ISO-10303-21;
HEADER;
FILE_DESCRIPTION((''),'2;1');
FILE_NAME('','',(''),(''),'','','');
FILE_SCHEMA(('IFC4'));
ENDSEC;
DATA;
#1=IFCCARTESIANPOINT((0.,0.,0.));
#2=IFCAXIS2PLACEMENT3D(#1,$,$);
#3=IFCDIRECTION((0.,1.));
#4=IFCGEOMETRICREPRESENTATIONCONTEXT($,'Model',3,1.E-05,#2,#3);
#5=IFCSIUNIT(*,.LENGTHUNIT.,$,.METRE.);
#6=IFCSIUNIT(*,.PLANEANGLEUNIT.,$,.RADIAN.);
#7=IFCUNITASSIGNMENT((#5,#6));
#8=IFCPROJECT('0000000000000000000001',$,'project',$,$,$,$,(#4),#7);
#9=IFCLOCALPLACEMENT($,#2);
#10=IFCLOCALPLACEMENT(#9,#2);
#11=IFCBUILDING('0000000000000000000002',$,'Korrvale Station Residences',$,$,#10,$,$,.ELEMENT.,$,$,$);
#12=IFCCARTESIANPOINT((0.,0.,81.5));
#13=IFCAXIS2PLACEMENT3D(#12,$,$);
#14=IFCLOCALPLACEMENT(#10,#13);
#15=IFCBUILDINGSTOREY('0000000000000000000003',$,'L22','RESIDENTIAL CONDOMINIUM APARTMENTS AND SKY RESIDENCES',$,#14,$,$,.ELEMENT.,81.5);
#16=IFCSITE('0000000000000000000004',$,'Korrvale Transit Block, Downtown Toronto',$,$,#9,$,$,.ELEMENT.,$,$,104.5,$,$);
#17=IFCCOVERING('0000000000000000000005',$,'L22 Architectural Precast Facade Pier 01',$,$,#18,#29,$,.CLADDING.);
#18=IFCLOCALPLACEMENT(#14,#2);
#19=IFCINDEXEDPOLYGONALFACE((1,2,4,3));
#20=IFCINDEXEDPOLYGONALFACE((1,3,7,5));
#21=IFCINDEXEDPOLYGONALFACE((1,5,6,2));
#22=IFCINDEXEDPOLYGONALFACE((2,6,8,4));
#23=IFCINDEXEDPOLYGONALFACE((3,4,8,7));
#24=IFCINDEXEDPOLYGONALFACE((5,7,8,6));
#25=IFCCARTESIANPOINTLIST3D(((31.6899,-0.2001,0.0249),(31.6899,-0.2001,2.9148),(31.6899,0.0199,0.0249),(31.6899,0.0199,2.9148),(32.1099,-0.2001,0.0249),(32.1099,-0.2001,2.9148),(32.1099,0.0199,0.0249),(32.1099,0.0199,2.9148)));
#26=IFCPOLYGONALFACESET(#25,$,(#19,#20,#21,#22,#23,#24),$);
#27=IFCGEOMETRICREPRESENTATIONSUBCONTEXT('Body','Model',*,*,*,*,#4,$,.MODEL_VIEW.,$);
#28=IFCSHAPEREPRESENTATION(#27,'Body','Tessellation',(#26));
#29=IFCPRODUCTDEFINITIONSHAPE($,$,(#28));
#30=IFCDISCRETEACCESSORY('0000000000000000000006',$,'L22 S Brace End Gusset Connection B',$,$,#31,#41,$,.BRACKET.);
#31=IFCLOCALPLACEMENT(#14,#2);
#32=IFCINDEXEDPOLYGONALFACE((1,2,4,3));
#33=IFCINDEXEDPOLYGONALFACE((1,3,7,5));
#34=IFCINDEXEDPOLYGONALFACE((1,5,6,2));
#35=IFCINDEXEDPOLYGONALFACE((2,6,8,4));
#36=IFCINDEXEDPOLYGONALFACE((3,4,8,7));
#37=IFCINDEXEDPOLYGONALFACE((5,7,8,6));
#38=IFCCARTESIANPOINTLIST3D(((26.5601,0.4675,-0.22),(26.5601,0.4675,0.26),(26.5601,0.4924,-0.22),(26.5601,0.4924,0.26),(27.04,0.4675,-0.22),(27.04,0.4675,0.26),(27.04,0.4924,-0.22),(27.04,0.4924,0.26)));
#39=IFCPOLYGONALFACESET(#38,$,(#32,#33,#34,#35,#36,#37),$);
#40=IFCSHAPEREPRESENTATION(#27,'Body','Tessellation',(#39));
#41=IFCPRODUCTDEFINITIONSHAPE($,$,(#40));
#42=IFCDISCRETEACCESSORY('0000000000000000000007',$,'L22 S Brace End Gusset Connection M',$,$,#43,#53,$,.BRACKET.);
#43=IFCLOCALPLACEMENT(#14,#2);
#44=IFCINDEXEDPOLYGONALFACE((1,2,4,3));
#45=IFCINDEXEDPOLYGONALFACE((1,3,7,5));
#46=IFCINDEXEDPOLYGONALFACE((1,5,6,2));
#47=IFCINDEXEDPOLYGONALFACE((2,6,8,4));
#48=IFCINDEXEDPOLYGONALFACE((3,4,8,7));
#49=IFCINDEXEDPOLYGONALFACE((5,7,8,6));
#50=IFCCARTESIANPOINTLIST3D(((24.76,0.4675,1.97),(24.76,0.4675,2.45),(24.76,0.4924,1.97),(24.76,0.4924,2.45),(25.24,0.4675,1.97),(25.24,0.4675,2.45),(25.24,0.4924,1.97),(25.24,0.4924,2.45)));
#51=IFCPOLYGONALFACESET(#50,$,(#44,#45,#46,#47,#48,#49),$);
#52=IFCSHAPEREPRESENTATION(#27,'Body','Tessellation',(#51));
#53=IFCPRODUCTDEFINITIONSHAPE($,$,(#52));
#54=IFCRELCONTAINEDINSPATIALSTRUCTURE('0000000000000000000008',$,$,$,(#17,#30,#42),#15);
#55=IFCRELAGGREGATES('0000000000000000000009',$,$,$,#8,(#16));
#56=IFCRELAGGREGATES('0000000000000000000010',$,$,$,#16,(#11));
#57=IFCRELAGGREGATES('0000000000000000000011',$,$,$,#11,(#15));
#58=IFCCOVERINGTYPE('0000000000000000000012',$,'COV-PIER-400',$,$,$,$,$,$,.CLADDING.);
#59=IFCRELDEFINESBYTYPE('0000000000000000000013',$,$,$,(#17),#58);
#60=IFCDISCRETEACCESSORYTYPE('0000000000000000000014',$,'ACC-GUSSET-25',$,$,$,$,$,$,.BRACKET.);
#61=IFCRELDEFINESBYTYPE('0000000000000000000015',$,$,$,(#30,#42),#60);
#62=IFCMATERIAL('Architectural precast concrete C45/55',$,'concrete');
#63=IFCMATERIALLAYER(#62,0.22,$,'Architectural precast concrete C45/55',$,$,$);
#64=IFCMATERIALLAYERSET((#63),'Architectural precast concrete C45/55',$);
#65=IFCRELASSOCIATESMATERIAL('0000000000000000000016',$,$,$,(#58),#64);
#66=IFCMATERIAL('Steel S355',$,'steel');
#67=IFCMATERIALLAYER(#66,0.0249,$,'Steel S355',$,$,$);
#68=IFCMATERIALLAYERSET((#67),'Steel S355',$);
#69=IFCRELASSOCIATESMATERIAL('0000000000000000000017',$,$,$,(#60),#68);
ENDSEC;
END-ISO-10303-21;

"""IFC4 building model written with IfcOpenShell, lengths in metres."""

from ifc_helpers import new_model, si_unit, direction, frame, origin, origin_2d, place, context, subcontext, project, spatial, rectangle, extrude, material, layer, layer_set, type_object, element, save


model = new_model("IFC4")

# Units and contexts
model_context = context("Model", 3, precision=1e-05, world=origin(), true_north=direction((0.0, 1.0)))
body_context = subcontext(model_context, "Body", "Model", "MODEL_VIEW")
ifc_project = project(units=[si_unit("LENGTHUNIT", "METRE"), si_unit("PLANEANGLEUNIT", "RADIAN")], contexts=[model_context])

# Site, building, storey
site_placement = place(None, origin())
site = spatial("IfcSite", under=ifc_project, at=site_placement, Name="Korrvale Transit Block, Downtown Toronto", CompositionType="ELEMENT", RefElevation=104.5)
building_placement = place(site_placement, origin())
building = spatial("IfcBuilding", under=site, at=building_placement, Name="Korrvale Station Residences", CompositionType="ELEMENT")
storey_placement = place(building_placement, frame((0.0, 0.0, 81.5)))
storey = spatial("IfcBuildingStorey", under=building, at=storey_placement, Name="L22", Description="RESIDENTIAL CONDOMINIUM APARTMENTS AND SKY RESIDENCES", CompositionType="ELEMENT", Elevation=81.5)

# Shared definitions
ifc_material_1 = material(Name="Steel S355", Category="steel")

# Covering
ifc_material_2 = material(Name="Architectural precast concrete C45/55", Category="concrete")
ifc_layer_1 = layer(ifc_material_2, 0.22, Name="Architectural precast concrete C45/55")
ifc_layer_set_1 = layer_set([ifc_layer_1], Name="Architectural precast concrete C45/55")
covering_type = type_object("IfcCoveringType", Name="COV-PIER-400", PredefinedType="CLADDING", material=ifc_layer_set_1)
covering_placement = place(storey_placement, frame((31.8999, -0.0901, 0.0249), z_axis=(0.0, 0.0, 1.0), x_axis=(1.0, 0.0, 0.0)))
element("IfcCovering", 1, at=covering_placement, inside=storey, type_object=covering_type, Name="L22 Architectural Precast Facade Pier 01", PredefinedType="CLADDING", context=body_context, shape_type="SweptSolid", body=[
    extrude(rectangle(XDim=0.4199, YDim=0.22, at=origin_2d()), origin(), (0.0, 0.0, 1.0), 2.8899),
])

# Discrete accessories
ifc_layer_2 = layer(ifc_material_1, 0.0249, Name="Steel S355")
ifc_layer_set_2 = layer_set([ifc_layer_2], Name="Steel S355")
discrete_accessory_type = type_object("IfcDiscreteAccessoryType", Name="ACC-GUSSET-25", PredefinedType="BRACKET", material=ifc_layer_set_2)
for number, where, z_axis, x_axis, name in (
    (2, (26.8, 0.48, -0.22), (0.0, 0.0, 1.0), (1.0, 0.0, 0.0), "L22 S Brace End Gusset Connection B"),
    (3, (25.0, 0.48, 1.97), (0.0, 0.0, 1.0), (1.0, 0.0, 0.0), "L22 S Brace End Gusset Connection M"),
):
    element("IfcDiscreteAccessory", number, at=place(storey_placement, frame(where, z_axis=z_axis, x_axis=x_axis)), inside=storey, type_object=discrete_accessory_type, Name=name, PredefinedType="BRACKET", context=body_context, shape_type="SweptSolid", body=[
        extrude(rectangle(XDim=0.48, YDim=0.0249, at=origin_2d()), origin(), (0.0, 0.0, 1.0), 0.48),
    ])

save(model, "model.ifc")
